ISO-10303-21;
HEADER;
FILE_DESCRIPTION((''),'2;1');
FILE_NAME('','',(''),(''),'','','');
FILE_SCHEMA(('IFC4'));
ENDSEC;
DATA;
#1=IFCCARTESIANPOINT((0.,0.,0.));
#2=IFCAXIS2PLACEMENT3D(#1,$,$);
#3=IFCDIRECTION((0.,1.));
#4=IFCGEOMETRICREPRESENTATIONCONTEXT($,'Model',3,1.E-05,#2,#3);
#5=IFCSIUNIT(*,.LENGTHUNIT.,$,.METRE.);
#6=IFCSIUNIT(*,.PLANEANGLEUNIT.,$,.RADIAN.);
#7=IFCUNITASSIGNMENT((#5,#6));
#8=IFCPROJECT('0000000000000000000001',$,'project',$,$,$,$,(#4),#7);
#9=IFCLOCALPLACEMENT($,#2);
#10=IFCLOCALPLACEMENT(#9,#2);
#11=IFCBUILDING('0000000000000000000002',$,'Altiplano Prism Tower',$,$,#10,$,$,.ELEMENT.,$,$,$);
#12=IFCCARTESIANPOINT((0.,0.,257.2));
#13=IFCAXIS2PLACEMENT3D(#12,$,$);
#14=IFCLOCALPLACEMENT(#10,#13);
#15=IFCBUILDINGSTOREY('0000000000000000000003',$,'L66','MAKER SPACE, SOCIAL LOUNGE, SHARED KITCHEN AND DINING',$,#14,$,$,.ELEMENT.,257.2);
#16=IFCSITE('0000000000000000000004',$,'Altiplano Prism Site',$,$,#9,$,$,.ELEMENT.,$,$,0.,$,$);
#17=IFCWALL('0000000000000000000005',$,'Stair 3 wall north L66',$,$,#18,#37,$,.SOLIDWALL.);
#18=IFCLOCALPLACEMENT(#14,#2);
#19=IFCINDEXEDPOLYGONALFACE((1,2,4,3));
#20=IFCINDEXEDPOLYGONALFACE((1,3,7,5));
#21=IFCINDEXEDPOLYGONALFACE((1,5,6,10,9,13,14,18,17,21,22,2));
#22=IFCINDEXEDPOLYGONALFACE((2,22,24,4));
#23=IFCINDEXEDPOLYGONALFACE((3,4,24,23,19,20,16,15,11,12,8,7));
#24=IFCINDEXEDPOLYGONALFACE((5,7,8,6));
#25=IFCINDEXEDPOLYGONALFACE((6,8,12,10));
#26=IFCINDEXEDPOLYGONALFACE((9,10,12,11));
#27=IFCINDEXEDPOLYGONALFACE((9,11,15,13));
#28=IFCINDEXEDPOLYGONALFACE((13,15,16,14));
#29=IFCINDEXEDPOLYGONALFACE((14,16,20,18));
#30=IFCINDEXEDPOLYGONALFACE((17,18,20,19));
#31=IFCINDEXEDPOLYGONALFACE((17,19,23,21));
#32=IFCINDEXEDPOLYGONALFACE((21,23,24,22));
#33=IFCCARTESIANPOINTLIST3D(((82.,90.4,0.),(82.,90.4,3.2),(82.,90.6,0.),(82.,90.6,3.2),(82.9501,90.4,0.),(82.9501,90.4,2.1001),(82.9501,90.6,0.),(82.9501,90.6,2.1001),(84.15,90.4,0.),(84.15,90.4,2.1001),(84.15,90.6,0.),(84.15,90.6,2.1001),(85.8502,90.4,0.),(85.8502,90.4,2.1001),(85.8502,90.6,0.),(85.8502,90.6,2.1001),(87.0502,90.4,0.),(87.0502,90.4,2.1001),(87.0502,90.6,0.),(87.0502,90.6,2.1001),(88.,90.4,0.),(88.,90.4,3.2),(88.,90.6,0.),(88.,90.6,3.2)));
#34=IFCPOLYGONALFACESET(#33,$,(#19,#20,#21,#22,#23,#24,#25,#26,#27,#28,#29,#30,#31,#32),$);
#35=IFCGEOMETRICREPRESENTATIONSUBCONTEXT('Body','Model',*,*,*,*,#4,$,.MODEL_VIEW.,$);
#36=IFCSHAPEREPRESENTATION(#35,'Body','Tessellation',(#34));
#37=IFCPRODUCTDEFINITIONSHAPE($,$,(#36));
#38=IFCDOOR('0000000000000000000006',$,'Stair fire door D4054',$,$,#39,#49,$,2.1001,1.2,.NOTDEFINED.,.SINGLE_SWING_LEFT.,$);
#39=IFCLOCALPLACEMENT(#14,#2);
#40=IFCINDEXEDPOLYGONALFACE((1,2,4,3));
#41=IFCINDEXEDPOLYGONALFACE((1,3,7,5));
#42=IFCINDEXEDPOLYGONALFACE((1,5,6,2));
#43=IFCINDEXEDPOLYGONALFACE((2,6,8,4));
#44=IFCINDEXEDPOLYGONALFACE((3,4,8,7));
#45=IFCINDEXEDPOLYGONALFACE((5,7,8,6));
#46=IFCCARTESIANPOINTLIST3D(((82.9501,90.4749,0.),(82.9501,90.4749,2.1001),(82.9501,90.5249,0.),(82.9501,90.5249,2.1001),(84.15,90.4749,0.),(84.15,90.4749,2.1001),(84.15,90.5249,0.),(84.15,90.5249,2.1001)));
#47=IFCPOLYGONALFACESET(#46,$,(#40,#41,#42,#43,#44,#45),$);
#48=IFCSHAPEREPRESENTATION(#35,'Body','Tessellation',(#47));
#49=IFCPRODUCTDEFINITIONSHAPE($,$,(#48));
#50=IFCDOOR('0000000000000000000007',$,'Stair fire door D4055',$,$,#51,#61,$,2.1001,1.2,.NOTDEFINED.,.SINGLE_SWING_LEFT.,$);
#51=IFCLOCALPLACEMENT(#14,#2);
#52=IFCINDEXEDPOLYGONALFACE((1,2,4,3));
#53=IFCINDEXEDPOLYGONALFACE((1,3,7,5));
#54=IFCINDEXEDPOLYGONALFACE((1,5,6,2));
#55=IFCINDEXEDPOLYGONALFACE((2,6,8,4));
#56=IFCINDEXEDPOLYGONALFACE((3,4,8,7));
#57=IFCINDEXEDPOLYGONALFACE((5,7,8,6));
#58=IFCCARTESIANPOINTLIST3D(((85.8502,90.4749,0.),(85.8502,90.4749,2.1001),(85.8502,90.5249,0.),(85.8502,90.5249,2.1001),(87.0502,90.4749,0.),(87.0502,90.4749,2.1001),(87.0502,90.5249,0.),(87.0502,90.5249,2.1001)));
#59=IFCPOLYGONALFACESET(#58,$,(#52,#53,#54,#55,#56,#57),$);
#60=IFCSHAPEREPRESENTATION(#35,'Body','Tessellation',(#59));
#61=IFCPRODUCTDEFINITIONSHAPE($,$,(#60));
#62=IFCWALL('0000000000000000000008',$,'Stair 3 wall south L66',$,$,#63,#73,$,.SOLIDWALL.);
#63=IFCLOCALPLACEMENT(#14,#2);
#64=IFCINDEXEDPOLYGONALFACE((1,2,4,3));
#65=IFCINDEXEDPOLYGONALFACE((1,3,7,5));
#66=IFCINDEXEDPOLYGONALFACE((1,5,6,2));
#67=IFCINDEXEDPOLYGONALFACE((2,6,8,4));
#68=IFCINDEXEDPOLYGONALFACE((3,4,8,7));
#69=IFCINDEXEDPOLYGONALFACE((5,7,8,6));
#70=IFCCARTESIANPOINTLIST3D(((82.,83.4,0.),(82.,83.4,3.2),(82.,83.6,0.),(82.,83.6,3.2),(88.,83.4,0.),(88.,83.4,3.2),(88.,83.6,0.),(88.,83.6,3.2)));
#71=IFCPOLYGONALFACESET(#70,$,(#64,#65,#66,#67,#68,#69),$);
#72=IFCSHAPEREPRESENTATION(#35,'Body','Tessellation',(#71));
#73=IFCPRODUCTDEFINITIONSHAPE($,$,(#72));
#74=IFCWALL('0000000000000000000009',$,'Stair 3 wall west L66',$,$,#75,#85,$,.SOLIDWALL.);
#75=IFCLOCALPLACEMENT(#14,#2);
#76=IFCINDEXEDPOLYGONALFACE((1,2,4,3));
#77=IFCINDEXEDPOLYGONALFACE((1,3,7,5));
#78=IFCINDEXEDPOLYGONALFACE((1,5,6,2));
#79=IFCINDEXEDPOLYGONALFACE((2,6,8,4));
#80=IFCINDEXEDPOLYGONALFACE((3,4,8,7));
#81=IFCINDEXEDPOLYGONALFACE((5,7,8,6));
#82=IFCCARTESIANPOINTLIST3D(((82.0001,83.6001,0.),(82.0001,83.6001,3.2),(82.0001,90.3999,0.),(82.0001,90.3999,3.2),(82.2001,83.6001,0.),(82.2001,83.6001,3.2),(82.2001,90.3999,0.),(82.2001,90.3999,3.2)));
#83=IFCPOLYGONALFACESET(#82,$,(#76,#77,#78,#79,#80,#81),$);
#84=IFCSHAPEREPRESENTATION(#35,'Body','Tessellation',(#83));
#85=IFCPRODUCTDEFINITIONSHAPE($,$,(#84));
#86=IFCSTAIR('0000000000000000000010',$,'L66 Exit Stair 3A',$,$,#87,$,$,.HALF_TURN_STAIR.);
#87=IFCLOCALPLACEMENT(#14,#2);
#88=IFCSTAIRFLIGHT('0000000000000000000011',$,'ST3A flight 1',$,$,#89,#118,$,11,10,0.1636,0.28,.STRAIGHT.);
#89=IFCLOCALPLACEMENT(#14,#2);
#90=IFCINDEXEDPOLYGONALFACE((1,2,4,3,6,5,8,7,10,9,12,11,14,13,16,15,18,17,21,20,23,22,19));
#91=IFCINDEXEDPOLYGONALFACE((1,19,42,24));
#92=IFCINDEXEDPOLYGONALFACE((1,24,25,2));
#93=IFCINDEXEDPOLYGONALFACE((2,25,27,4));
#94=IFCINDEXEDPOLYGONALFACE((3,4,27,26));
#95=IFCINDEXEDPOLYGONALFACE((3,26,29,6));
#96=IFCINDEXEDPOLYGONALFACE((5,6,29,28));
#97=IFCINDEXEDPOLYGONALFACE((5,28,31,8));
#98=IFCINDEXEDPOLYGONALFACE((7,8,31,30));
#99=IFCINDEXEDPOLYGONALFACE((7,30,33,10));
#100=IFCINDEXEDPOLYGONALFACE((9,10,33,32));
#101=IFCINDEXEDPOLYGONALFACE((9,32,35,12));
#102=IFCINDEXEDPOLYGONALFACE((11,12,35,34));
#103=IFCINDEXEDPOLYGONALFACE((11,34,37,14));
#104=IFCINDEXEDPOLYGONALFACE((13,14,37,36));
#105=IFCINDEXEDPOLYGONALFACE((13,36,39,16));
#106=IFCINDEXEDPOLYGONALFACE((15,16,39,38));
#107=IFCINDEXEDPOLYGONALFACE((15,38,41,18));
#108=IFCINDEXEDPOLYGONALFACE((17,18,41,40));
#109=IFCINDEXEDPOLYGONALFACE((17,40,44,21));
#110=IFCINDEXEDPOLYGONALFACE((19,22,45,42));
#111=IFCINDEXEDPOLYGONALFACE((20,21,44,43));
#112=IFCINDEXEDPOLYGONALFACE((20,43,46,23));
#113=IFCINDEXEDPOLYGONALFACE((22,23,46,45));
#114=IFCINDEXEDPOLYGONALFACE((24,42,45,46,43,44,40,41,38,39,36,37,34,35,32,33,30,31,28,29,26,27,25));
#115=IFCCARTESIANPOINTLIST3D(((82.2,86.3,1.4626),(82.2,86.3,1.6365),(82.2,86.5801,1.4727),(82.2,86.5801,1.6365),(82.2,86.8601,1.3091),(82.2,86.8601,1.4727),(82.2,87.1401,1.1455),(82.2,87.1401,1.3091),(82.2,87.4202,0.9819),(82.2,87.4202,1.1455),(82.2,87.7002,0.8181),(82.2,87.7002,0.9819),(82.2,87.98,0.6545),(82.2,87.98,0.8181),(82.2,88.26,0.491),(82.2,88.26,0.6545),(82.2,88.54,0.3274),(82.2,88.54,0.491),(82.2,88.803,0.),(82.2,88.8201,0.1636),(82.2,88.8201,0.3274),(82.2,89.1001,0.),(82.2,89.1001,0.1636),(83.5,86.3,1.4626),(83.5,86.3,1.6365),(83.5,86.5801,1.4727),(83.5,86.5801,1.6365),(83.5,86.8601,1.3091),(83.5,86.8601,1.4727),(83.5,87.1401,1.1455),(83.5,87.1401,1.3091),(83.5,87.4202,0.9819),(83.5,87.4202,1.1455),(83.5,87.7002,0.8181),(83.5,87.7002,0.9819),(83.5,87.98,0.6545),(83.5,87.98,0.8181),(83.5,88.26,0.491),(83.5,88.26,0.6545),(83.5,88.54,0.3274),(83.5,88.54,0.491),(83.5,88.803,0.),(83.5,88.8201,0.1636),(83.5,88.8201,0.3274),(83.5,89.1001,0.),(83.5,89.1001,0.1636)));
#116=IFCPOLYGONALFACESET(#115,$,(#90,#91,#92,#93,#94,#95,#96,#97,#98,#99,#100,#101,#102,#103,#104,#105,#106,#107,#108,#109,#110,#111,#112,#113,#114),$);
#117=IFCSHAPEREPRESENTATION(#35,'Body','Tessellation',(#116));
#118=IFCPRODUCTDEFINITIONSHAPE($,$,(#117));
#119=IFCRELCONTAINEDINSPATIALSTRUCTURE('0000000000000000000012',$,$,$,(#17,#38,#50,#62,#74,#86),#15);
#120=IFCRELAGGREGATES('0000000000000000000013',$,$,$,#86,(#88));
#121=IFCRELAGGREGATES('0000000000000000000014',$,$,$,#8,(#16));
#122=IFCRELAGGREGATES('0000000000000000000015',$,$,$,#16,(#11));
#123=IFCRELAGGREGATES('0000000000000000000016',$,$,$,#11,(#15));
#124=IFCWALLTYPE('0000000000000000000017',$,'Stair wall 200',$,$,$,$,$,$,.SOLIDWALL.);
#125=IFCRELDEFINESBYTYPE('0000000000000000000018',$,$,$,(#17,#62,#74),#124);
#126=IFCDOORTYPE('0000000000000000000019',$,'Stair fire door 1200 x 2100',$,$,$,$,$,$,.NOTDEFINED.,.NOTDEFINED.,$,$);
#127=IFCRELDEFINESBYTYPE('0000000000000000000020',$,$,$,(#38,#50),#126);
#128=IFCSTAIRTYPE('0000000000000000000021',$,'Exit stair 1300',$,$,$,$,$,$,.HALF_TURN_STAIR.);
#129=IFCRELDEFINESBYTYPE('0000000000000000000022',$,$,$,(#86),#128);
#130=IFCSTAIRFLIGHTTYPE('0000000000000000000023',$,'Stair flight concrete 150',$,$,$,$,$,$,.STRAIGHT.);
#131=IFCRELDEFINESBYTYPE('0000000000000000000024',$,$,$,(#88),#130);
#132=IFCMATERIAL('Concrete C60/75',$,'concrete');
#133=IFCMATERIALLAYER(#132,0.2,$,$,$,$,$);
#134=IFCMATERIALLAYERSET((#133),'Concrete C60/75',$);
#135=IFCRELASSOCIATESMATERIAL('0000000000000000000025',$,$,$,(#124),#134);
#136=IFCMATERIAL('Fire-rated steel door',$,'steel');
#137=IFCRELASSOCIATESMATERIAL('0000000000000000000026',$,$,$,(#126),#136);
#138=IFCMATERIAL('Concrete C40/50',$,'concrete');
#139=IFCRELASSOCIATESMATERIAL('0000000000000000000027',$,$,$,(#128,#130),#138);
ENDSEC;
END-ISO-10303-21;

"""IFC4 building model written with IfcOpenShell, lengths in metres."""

from ifc_helpers import new_model, si_unit, direction, frame, frame_2d, origin, place, context, subcontext, project, spatial, polyline, rectangle, outline, extrude, material, layer, layer_set, type_object, element, fill, aggregate, save


model = new_model("IFC4")

# Units and contexts
model_context = context("Model", 3, precision=1e-05, world=origin(), true_north=direction((0.0, 1.0)))
body_context = subcontext(model_context, "Body", "Model", "MODEL_VIEW")
ifc_project = project(units=[si_unit("LENGTHUNIT", "METRE"), si_unit("PLANEANGLEUNIT", "RADIAN")], contexts=[model_context])

# Site, building, storey
site_placement = place(None, origin())
site = spatial("IfcSite", under=ifc_project, at=site_placement, Name="Altiplano Prism Site", CompositionType="ELEMENT", RefElevation=0.0)
building_placement = place(site_placement, origin())
building = spatial("IfcBuilding", under=site, at=building_placement, Name="Altiplano Prism Tower", CompositionType="ELEMENT")
storey_placement = place(building_placement, frame((0.0, 0.0, 257.2)))
storey = spatial("IfcBuildingStorey", under=building, at=storey_placement, Name="L66", Description="MAKER SPACE, SOCIAL LOUNGE, SHARED KITCHEN AND DINING", CompositionType="ELEMENT", Elevation=257.2)

# Shared definitions
ifc_material_1 = material(Name="Concrete C60/75", Category="concrete")

# Wall, openings, doors
ifc_layer_1 = layer(ifc_material_1, 0.2)
ifc_layer_set_1 = layer_set([ifc_layer_1], Name="Concrete C60/75")
wall_type_1 = type_object("IfcWallType", Name="Stair wall 200", PredefinedType="SOLIDWALL", material=ifc_layer_set_1)
wall_1_placement = place(storey_placement, frame((82.0, 90.5, 0.0), z_axis=(0.0, 0.0, 1.0), x_axis=(1.0, 0.0, 0.0)))
wall_1 = element("IfcWall", 1, at=wall_1_placement, inside=storey, type_object=wall_type_1, Name="Stair 3 wall north L66", PredefinedType="SOLIDWALL", context=body_context, shape_type="SweptSolid", body=[
    extrude(rectangle(XDim=6.0, YDim=0.2, at=frame_2d((3.0, 0.0))), origin(), (0.0, 0.0, 1.0), 3.2),
])
opening_1_placement = place(wall_1_placement, frame((0.95, 0.0, 0.0)))
opening_1 = element("IfcOpeningElement", 2, at=opening_1_placement, cuts=wall_1, PredefinedType="OPENING", context=body_context, shape_type="SweptSolid", body=[
    extrude(rectangle(XDim=1.2, YDim=2.1001, at=frame_2d((0.6001, 1.05))), frame((0.0, 0.1104, 0.0), z_axis=(0.0, -1.0, 0.0), x_axis=(1.0, 0.0, 0.0)), (0.0, 0.0, 1.0), 0.2209),
])
opening_2_placement = place(wall_1_placement, frame((3.8501, 0.0, 0.0)))
opening_2 = element("IfcOpeningElement", 3, at=opening_2_placement, cuts=wall_1, PredefinedType="OPENING", context=body_context, shape_type="SweptSolid", body=[
    extrude(rectangle(XDim=1.2, YDim=2.1001, at=frame_2d((0.6001, 1.05))), frame((0.0, 0.1104, 0.0), z_axis=(0.0, -1.0, 0.0), x_axis=(1.0, 0.0, 0.0)), (0.0, 0.0, 1.0), 0.2209),
])
ifc_material_2 = material(Name="Fire-rated steel door", Category="steel")
door_type_1 = type_object("IfcDoorType", Name="Stair fire door 1200 x 2100", OperationType="NOTDEFINED", PredefinedType="NOTDEFINED", material=ifc_material_2)
door_1_placement = place(opening_1_placement, origin())
door_1 = element("IfcDoor", 4, at=door_1_placement, inside=storey, type_object=door_type_1, Name="Stair fire door D4054", OperationType="SINGLE_SWING_LEFT", OverallHeight=2.1001, OverallWidth=1.2, PredefinedType="NOTDEFINED", context=body_context, shape_type="SweptSolid", body=[
    extrude(rectangle(XDim=1.2, YDim=2.1001, at=frame_2d((0.6001, 1.05))), frame((0.0, 0.0249, 0.0), z_axis=(0.0, -1.0, 0.0), x_axis=(1.0, 0.0, 0.0)), (0.0, 0.0, 1.0), 0.05),
])
fill(opening_1, door_1)
door_2_placement = place(opening_2_placement, origin())
door_2 = element("IfcDoor", 5, at=door_2_placement, inside=storey, type_object=door_type_1, Name="Stair fire door D4055", OperationType="SINGLE_SWING_LEFT", OverallHeight=2.1001, OverallWidth=1.2, PredefinedType="NOTDEFINED", context=body_context, shape_type="SweptSolid", body=[
    extrude(rectangle(XDim=1.2, YDim=2.1001, at=frame_2d((0.6001, 1.05))), frame((0.0, 0.0249, 0.0), z_axis=(0.0, -1.0, 0.0), x_axis=(1.0, 0.0, 0.0)), (0.0, 0.0, 1.0), 0.05),
])
fill(opening_2, door_2)

# Walls
wall_2_placement = place(storey_placement, frame((82.0, 83.5, 0.0), z_axis=(0.0, 0.0, 1.0), x_axis=(1.0, 0.0, 0.0)))
element("IfcWall", 6, at=wall_2_placement, inside=storey, type_object=wall_type_1, Name="Stair 3 wall south L66", PredefinedType="SOLIDWALL", context=body_context, shape_type="SweptSolid", body=[
    extrude(rectangle(XDim=6.0, YDim=0.2, at=frame_2d((3.0, 0.0))), origin(), (0.0, 0.0, 1.0), 3.2),
])
wall_3_placement = place(storey_placement, frame((82.1001, 83.6001, 0.0), z_axis=(0.0, 0.0, 1.0), x_axis=(0.0, 1.0, 0.0)))
element("IfcWall", 7, at=wall_3_placement, inside=storey, type_object=wall_type_1, Name="Stair 3 wall west L66", PredefinedType="SOLIDWALL", context=body_context, shape_type="SweptSolid", body=[
    extrude(rectangle(XDim=6.7998, YDim=0.2, at=frame_2d((3.3999, 0.0))), origin(), (0.0, 0.0, 1.0), 3.2),
])

# Stair, stair flight
ifc_material_3 = material(Name="Concrete C40/50", Category="concrete")
stair_type = type_object("IfcStairType", Name="Exit stair 1300", PredefinedType="HALF_TURN_STAIR", material=ifc_material_3)
stair_placement = place(storey_placement, origin())
stair = element("IfcStair", 8, at=stair_placement, inside=storey, type_object=stair_type, Name="L66 Exit Stair 3A", PredefinedType="HALF_TURN_STAIR")
stair_flight_type = type_object("IfcStairFlightType", Name="Stair flight concrete 150", PredefinedType="STRAIGHT", material=ifc_material_3)
stair_flight_placement = place(storey_placement, frame((82.8501, 89.1001, 0.0), z_axis=(0.0, 0.0, 1.0), x_axis=(0.0, -1.0, 0.0)))
stair_flight = element("IfcStairFlight", 9, at=stair_flight_placement, type_object=stair_flight_type, Name="ST3A flight 1", NumberOfRisers=11, NumberOfTreads=10, PredefinedType="STRAIGHT", RiserHeight=0.1636, TreadLength=0.28, context=body_context, shape_type="SweptSolid", body=[
    extrude(outline(polyline([(0.0, 0.0), (0.0, 0.1636), (0.28, 0.1636), (0.28, 0.3274), (0.5601, 0.3274), (0.5601, 0.491), (0.8401, 0.491), (0.8401, 0.6545), (1.1201, 0.6545), (1.1201, 0.8181), (1.3999, 0.8181), (1.3999, 0.9819), (1.6799, 0.9819), (1.6799, 1.1455), (1.96, 1.1455), (1.96, 1.3091), (2.24, 1.3091), (2.24, 1.4727), (2.52, 1.4727), (2.52, 1.6365), (2.8, 1.6365), (2.8, 1.8), (2.8, 1.4626), (0.2971, 0.0), (0.0, 0.0)])), frame((0.0, 0.6499, 0.0), z_axis=(0.0, -1.0, 0.0), x_axis=(1.0, 0.0, 0.0)), (0.0, 0.0, 1.0), 1.3),
])
aggregate(stair, [stair_flight])

save(model, "model.ifc")
